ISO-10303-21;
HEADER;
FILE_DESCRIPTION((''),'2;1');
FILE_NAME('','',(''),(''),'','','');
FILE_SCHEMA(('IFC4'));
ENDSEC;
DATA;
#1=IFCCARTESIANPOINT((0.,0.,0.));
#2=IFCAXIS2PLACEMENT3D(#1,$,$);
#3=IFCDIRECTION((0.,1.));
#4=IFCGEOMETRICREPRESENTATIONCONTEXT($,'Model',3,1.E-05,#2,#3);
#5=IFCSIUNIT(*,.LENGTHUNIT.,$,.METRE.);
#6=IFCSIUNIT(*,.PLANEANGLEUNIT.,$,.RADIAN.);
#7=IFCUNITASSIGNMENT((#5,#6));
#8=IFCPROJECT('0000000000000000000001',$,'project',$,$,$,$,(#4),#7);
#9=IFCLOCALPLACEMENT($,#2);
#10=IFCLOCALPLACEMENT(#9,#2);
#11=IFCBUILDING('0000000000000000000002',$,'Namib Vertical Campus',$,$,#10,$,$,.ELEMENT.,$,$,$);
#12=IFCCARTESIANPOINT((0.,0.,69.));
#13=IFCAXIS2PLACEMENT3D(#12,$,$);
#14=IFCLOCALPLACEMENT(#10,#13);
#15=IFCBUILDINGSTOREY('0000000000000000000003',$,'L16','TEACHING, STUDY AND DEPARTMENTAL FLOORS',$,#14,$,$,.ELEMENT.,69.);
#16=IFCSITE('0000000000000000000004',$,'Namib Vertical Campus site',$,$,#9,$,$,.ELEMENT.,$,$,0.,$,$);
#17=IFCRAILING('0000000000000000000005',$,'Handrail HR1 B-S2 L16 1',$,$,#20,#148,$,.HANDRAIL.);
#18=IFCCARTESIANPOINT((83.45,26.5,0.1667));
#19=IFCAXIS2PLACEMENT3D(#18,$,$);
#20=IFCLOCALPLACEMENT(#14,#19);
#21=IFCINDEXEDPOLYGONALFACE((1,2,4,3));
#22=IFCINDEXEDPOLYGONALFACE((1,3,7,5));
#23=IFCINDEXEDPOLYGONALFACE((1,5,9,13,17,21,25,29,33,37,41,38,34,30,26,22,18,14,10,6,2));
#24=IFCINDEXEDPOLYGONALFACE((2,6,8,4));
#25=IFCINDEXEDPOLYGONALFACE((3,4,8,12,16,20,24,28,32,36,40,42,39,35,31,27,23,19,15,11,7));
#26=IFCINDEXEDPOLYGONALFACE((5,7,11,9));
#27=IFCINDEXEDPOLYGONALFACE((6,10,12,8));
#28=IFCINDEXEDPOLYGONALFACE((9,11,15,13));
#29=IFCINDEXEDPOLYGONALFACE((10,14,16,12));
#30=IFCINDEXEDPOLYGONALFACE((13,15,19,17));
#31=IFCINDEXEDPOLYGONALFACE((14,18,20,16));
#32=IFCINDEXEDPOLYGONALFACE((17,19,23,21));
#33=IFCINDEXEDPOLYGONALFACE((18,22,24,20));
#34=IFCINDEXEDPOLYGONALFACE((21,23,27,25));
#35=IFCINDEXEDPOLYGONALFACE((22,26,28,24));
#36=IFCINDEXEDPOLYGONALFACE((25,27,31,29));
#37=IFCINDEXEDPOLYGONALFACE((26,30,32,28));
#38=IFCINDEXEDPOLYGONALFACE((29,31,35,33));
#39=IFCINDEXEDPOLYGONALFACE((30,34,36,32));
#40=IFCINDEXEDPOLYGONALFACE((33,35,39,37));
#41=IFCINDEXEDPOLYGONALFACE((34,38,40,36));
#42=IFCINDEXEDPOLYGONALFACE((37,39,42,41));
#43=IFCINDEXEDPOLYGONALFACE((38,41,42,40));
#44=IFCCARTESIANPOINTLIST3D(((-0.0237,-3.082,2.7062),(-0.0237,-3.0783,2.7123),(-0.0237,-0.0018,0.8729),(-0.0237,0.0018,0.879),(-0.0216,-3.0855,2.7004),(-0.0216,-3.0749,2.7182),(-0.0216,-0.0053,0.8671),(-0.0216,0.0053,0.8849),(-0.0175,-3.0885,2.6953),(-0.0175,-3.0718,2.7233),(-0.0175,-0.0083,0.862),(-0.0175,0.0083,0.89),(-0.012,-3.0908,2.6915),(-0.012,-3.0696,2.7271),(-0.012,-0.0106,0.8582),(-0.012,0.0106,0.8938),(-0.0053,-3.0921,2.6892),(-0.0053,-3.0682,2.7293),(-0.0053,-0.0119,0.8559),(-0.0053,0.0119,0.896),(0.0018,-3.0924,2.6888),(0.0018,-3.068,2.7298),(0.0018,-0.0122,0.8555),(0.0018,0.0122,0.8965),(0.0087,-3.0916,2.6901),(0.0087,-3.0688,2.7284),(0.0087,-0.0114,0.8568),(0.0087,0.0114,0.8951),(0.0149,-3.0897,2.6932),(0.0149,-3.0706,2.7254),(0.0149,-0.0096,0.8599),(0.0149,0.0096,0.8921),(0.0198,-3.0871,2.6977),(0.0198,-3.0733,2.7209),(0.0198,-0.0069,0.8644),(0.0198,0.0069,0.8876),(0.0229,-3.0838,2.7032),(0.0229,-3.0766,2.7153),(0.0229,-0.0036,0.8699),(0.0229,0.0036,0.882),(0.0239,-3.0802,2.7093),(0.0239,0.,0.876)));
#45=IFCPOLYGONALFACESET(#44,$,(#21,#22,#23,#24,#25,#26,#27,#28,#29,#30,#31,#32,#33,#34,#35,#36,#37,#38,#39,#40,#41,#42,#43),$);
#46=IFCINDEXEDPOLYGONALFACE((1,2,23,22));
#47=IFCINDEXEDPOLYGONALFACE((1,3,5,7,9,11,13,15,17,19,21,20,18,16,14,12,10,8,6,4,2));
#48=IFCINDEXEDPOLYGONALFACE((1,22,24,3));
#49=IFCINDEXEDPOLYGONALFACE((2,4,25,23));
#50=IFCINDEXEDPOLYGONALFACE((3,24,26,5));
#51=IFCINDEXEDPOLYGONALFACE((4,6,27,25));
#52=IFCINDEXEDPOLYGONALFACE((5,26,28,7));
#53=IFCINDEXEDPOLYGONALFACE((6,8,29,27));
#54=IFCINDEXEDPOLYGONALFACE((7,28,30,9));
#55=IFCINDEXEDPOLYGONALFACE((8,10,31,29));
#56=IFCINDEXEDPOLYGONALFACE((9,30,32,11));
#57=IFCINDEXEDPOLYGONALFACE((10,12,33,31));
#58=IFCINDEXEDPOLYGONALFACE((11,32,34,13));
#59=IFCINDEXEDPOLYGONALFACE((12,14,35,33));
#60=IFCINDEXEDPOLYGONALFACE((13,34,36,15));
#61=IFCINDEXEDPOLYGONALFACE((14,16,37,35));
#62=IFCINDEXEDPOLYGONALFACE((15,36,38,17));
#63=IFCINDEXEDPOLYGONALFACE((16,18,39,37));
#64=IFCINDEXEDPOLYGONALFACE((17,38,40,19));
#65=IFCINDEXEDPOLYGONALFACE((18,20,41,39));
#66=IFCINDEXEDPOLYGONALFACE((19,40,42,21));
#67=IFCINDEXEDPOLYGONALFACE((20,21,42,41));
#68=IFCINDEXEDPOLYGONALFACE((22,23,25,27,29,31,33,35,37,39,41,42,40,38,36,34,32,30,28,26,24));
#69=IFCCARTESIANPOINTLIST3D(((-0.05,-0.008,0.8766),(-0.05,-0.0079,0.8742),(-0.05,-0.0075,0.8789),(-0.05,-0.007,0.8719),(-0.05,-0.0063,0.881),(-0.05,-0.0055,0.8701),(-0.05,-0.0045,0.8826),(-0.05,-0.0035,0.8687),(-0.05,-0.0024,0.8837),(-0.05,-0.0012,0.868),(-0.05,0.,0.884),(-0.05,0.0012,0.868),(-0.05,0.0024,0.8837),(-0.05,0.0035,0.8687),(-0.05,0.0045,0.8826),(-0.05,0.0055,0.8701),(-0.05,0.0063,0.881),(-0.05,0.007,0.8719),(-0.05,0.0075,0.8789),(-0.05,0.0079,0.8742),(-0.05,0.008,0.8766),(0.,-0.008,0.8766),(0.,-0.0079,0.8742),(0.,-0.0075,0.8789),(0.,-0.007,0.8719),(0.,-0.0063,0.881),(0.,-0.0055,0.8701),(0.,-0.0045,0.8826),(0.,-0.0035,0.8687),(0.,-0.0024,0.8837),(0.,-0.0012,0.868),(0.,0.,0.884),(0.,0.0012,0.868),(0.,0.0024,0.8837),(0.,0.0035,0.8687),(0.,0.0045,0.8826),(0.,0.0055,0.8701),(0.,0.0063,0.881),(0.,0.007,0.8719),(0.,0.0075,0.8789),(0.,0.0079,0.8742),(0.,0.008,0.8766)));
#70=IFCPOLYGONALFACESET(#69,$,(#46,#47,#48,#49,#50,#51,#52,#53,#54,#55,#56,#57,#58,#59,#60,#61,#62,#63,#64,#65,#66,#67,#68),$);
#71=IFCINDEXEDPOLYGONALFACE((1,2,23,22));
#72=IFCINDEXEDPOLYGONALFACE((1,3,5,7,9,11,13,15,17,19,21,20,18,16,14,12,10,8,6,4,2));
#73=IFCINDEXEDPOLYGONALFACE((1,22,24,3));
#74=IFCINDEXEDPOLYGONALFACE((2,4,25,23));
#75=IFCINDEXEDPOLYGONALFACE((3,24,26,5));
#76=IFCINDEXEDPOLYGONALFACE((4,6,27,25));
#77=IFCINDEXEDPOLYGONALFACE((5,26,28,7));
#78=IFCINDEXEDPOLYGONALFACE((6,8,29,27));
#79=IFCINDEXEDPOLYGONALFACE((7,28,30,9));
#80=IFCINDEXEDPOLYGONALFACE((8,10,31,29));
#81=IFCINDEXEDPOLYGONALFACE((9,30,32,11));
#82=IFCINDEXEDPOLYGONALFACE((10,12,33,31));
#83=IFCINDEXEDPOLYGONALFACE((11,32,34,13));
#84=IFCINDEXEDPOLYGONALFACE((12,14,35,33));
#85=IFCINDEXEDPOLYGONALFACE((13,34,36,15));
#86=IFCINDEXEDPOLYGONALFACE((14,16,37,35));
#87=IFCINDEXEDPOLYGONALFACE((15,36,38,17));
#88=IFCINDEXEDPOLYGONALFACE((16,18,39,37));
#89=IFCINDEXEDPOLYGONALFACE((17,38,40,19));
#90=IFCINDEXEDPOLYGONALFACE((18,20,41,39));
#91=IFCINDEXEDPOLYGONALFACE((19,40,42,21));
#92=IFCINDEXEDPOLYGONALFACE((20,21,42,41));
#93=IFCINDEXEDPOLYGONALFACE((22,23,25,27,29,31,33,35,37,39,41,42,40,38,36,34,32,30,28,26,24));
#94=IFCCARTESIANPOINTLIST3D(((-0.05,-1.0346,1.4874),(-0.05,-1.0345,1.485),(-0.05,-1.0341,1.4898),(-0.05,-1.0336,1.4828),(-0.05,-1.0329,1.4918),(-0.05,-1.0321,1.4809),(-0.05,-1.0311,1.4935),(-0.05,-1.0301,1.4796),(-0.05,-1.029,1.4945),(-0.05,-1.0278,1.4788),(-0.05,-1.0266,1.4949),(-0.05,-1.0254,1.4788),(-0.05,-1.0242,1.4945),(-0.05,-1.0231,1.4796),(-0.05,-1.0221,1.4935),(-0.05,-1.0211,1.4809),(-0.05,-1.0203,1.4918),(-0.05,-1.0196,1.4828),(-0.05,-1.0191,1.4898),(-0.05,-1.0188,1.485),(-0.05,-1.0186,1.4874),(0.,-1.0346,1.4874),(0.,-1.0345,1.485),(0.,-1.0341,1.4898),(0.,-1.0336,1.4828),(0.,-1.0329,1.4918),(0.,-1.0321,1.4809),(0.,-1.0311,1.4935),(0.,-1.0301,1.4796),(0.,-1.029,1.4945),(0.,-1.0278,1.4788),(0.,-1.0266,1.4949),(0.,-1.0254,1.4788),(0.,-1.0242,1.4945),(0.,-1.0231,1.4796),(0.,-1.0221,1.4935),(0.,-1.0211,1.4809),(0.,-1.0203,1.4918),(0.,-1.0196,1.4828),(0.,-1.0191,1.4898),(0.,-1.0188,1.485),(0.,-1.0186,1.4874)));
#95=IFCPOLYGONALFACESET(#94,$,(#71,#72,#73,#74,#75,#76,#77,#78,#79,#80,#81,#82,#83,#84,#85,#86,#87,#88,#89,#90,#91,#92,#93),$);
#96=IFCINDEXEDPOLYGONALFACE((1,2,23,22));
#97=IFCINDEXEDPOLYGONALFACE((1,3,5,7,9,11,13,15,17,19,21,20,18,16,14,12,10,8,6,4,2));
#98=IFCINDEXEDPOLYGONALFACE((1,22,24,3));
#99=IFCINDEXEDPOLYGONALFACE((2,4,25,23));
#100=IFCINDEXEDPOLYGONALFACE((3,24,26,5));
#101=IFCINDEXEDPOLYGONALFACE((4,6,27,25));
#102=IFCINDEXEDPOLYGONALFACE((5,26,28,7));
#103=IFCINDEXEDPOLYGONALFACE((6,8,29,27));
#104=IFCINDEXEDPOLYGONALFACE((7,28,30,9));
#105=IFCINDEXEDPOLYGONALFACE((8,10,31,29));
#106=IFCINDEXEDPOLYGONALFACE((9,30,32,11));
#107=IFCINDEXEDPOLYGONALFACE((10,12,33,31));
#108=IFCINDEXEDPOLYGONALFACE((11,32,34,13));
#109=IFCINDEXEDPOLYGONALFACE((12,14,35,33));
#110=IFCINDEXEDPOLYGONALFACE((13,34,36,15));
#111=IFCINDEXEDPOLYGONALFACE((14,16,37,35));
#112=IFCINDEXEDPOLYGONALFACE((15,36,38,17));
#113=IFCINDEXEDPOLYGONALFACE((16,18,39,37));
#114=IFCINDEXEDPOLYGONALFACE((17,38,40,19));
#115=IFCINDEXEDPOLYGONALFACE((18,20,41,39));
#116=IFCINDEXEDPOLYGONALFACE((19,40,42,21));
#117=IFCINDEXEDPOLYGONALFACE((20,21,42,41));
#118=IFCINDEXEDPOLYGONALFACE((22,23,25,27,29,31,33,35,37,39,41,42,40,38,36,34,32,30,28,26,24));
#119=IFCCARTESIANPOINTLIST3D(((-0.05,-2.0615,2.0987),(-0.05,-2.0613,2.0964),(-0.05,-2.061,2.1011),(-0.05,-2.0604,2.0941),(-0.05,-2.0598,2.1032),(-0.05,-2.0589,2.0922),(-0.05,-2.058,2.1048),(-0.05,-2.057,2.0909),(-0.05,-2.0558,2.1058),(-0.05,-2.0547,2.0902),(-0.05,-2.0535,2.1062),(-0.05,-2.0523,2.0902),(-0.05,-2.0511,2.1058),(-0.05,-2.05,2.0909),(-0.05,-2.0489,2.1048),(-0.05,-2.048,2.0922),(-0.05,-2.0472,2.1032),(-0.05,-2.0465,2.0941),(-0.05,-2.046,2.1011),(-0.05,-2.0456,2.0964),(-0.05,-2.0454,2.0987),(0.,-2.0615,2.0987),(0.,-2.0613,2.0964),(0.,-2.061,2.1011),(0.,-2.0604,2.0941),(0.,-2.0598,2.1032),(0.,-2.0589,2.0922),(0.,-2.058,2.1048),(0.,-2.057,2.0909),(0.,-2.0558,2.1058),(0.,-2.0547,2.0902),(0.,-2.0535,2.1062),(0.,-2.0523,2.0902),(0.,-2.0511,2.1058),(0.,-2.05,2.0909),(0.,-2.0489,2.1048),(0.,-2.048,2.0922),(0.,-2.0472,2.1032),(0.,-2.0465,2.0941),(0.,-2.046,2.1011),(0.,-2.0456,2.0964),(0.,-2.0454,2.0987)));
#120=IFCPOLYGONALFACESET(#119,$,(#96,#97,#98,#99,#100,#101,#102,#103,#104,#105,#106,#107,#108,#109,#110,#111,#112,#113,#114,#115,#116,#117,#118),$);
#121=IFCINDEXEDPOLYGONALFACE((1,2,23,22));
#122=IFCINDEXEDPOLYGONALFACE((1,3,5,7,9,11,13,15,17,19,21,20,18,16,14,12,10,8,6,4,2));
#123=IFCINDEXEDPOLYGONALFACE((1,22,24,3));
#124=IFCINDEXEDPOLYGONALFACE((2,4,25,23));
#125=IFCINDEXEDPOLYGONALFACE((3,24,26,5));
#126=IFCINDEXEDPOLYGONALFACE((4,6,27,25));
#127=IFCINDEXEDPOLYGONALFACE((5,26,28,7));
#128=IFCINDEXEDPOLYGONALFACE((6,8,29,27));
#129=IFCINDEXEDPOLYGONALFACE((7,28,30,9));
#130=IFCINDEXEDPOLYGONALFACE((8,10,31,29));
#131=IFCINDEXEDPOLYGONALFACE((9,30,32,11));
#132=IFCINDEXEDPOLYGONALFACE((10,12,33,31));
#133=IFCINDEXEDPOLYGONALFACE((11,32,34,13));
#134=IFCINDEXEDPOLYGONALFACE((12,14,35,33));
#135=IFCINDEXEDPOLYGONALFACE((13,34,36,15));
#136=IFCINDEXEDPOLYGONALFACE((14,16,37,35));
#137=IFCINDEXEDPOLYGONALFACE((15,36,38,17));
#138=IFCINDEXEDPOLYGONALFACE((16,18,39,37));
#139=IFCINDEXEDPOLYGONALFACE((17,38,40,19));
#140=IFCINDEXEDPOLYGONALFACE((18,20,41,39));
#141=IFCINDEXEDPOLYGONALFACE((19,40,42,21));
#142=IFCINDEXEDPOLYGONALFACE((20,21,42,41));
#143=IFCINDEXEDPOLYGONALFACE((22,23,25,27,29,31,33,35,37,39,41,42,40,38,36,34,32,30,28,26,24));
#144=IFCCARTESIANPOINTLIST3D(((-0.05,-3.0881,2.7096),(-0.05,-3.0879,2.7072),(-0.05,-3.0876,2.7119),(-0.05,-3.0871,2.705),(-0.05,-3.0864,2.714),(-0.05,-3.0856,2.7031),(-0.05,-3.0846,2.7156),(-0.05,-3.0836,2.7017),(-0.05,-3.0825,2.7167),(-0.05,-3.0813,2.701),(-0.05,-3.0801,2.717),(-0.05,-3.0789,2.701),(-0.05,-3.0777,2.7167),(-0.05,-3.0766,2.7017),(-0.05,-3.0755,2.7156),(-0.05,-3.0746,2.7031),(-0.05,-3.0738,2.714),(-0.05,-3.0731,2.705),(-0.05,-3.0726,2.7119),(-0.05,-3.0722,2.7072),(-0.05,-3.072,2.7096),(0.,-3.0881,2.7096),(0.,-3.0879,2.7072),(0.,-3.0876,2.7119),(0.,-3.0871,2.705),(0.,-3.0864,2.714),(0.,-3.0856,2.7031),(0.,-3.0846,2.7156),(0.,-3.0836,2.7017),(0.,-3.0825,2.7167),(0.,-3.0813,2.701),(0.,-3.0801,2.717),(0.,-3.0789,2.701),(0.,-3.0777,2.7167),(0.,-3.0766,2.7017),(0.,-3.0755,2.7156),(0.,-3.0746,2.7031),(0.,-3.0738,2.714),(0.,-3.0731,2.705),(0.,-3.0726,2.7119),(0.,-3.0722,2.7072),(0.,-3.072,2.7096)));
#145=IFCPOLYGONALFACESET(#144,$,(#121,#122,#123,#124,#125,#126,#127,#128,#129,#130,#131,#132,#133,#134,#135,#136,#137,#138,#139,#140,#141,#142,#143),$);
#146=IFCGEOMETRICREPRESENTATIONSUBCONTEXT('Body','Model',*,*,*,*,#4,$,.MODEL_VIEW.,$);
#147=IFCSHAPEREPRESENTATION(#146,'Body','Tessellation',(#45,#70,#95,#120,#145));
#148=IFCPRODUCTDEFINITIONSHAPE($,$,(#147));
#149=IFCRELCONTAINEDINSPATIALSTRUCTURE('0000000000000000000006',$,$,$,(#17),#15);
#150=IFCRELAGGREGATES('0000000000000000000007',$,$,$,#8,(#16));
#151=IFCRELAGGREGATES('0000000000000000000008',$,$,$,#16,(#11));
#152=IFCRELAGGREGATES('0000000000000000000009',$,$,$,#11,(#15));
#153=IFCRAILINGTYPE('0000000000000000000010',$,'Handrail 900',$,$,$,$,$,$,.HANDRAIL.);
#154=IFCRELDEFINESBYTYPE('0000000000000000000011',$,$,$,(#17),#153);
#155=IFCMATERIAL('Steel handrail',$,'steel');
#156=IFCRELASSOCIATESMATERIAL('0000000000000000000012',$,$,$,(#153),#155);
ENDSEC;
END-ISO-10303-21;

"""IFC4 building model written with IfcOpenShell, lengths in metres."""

from ifc_helpers import new_model, si_unit, direction, frame, origin, origin_2d, place, context, subcontext, project, spatial, circle, extrude, material, type_object, element, save


model = new_model("IFC4")

# Units and contexts
model_context = context("Model", 3, precision=1e-05, world=origin(), true_north=direction((0.0, 1.0)))
body_context = subcontext(model_context, "Body", "Model", "MODEL_VIEW")
ifc_project = project(units=[si_unit("LENGTHUNIT", "METRE"), si_unit("PLANEANGLEUNIT", "RADIAN")], contexts=[model_context])

# Site, building, storey
site_placement = place(None, origin())
site = spatial("IfcSite", under=ifc_project, at=site_placement, Name="Namib Vertical Campus site", CompositionType="ELEMENT", RefElevation=0.0)
building_placement = place(site_placement, origin())
building = spatial("IfcBuilding", under=site, at=building_placement, Name="Namib Vertical Campus", CompositionType="ELEMENT")
storey_placement = place(building_placement, frame((0.0, 0.0, 69.0)))
storey = spatial("IfcBuildingStorey", under=building, at=storey_placement, Name="L16", Description="TEACHING, STUDY AND DEPARTMENTAL FLOORS", CompositionType="ELEMENT", Elevation=69.0)

# Railing
ifc_material_1 = material(Name="Steel handrail", Category="steel")
railing_type_1 = type_object("IfcRailingType", Name="Handrail 900", PredefinedType="HANDRAIL", material=ifc_material_1)
railing_1_placement = place(storey_placement, frame((83.45, 26.5, 0.1667)))
element("IfcRailing", 1, at=railing_1_placement, inside=storey, type_object=railing_type_1, Name="Handrail HR1 B-S2 L16 1", PredefinedType="HANDRAIL", context=body_context, shape_type="SweptSolid", body=[
    extrude(circle(Radius=0.0239, at=origin_2d()), frame((0.0, 0.0, 0.876), z_axis=(0.0, -0.859309, 0.511458), x_axis=(1.0, 0.0, 0.0)), (0.0, 0.0, 1.0), 3.5845),
    extrude(circle(Radius=0.0081, at=origin_2d()), frame((0.0, 0.0, 0.876), z_axis=(-1.0, 0.0, 0.0), x_axis=(0.0, 0.0, 1.0)), (0.0, 0.0, 1.0), 0.05),
    extrude(circle(Radius=0.0081, at=origin_2d()), frame((0.0, -1.0266, 1.4868), z_axis=(-1.0, 0.0, 0.0), x_axis=(0.0, 0.0, 1.0)), (0.0, 0.0, 1.0), 0.05),
    extrude(circle(Radius=0.0081, at=origin_2d()), frame((0.0, -2.0535, 2.0981), z_axis=(-1.0, 0.0, 0.0), x_axis=(0.0, 0.0, 1.0)), (0.0, 0.0, 1.0), 0.05),
    extrude(circle(Radius=0.0081, at=origin_2d()), frame((0.0, -3.0801, 2.709), z_axis=(-1.0, 0.0, 0.0), x_axis=(0.0, 0.0, 1.0)), (0.0, 0.0, 1.0), 0.05),
])

save(model, "model.ifc")
